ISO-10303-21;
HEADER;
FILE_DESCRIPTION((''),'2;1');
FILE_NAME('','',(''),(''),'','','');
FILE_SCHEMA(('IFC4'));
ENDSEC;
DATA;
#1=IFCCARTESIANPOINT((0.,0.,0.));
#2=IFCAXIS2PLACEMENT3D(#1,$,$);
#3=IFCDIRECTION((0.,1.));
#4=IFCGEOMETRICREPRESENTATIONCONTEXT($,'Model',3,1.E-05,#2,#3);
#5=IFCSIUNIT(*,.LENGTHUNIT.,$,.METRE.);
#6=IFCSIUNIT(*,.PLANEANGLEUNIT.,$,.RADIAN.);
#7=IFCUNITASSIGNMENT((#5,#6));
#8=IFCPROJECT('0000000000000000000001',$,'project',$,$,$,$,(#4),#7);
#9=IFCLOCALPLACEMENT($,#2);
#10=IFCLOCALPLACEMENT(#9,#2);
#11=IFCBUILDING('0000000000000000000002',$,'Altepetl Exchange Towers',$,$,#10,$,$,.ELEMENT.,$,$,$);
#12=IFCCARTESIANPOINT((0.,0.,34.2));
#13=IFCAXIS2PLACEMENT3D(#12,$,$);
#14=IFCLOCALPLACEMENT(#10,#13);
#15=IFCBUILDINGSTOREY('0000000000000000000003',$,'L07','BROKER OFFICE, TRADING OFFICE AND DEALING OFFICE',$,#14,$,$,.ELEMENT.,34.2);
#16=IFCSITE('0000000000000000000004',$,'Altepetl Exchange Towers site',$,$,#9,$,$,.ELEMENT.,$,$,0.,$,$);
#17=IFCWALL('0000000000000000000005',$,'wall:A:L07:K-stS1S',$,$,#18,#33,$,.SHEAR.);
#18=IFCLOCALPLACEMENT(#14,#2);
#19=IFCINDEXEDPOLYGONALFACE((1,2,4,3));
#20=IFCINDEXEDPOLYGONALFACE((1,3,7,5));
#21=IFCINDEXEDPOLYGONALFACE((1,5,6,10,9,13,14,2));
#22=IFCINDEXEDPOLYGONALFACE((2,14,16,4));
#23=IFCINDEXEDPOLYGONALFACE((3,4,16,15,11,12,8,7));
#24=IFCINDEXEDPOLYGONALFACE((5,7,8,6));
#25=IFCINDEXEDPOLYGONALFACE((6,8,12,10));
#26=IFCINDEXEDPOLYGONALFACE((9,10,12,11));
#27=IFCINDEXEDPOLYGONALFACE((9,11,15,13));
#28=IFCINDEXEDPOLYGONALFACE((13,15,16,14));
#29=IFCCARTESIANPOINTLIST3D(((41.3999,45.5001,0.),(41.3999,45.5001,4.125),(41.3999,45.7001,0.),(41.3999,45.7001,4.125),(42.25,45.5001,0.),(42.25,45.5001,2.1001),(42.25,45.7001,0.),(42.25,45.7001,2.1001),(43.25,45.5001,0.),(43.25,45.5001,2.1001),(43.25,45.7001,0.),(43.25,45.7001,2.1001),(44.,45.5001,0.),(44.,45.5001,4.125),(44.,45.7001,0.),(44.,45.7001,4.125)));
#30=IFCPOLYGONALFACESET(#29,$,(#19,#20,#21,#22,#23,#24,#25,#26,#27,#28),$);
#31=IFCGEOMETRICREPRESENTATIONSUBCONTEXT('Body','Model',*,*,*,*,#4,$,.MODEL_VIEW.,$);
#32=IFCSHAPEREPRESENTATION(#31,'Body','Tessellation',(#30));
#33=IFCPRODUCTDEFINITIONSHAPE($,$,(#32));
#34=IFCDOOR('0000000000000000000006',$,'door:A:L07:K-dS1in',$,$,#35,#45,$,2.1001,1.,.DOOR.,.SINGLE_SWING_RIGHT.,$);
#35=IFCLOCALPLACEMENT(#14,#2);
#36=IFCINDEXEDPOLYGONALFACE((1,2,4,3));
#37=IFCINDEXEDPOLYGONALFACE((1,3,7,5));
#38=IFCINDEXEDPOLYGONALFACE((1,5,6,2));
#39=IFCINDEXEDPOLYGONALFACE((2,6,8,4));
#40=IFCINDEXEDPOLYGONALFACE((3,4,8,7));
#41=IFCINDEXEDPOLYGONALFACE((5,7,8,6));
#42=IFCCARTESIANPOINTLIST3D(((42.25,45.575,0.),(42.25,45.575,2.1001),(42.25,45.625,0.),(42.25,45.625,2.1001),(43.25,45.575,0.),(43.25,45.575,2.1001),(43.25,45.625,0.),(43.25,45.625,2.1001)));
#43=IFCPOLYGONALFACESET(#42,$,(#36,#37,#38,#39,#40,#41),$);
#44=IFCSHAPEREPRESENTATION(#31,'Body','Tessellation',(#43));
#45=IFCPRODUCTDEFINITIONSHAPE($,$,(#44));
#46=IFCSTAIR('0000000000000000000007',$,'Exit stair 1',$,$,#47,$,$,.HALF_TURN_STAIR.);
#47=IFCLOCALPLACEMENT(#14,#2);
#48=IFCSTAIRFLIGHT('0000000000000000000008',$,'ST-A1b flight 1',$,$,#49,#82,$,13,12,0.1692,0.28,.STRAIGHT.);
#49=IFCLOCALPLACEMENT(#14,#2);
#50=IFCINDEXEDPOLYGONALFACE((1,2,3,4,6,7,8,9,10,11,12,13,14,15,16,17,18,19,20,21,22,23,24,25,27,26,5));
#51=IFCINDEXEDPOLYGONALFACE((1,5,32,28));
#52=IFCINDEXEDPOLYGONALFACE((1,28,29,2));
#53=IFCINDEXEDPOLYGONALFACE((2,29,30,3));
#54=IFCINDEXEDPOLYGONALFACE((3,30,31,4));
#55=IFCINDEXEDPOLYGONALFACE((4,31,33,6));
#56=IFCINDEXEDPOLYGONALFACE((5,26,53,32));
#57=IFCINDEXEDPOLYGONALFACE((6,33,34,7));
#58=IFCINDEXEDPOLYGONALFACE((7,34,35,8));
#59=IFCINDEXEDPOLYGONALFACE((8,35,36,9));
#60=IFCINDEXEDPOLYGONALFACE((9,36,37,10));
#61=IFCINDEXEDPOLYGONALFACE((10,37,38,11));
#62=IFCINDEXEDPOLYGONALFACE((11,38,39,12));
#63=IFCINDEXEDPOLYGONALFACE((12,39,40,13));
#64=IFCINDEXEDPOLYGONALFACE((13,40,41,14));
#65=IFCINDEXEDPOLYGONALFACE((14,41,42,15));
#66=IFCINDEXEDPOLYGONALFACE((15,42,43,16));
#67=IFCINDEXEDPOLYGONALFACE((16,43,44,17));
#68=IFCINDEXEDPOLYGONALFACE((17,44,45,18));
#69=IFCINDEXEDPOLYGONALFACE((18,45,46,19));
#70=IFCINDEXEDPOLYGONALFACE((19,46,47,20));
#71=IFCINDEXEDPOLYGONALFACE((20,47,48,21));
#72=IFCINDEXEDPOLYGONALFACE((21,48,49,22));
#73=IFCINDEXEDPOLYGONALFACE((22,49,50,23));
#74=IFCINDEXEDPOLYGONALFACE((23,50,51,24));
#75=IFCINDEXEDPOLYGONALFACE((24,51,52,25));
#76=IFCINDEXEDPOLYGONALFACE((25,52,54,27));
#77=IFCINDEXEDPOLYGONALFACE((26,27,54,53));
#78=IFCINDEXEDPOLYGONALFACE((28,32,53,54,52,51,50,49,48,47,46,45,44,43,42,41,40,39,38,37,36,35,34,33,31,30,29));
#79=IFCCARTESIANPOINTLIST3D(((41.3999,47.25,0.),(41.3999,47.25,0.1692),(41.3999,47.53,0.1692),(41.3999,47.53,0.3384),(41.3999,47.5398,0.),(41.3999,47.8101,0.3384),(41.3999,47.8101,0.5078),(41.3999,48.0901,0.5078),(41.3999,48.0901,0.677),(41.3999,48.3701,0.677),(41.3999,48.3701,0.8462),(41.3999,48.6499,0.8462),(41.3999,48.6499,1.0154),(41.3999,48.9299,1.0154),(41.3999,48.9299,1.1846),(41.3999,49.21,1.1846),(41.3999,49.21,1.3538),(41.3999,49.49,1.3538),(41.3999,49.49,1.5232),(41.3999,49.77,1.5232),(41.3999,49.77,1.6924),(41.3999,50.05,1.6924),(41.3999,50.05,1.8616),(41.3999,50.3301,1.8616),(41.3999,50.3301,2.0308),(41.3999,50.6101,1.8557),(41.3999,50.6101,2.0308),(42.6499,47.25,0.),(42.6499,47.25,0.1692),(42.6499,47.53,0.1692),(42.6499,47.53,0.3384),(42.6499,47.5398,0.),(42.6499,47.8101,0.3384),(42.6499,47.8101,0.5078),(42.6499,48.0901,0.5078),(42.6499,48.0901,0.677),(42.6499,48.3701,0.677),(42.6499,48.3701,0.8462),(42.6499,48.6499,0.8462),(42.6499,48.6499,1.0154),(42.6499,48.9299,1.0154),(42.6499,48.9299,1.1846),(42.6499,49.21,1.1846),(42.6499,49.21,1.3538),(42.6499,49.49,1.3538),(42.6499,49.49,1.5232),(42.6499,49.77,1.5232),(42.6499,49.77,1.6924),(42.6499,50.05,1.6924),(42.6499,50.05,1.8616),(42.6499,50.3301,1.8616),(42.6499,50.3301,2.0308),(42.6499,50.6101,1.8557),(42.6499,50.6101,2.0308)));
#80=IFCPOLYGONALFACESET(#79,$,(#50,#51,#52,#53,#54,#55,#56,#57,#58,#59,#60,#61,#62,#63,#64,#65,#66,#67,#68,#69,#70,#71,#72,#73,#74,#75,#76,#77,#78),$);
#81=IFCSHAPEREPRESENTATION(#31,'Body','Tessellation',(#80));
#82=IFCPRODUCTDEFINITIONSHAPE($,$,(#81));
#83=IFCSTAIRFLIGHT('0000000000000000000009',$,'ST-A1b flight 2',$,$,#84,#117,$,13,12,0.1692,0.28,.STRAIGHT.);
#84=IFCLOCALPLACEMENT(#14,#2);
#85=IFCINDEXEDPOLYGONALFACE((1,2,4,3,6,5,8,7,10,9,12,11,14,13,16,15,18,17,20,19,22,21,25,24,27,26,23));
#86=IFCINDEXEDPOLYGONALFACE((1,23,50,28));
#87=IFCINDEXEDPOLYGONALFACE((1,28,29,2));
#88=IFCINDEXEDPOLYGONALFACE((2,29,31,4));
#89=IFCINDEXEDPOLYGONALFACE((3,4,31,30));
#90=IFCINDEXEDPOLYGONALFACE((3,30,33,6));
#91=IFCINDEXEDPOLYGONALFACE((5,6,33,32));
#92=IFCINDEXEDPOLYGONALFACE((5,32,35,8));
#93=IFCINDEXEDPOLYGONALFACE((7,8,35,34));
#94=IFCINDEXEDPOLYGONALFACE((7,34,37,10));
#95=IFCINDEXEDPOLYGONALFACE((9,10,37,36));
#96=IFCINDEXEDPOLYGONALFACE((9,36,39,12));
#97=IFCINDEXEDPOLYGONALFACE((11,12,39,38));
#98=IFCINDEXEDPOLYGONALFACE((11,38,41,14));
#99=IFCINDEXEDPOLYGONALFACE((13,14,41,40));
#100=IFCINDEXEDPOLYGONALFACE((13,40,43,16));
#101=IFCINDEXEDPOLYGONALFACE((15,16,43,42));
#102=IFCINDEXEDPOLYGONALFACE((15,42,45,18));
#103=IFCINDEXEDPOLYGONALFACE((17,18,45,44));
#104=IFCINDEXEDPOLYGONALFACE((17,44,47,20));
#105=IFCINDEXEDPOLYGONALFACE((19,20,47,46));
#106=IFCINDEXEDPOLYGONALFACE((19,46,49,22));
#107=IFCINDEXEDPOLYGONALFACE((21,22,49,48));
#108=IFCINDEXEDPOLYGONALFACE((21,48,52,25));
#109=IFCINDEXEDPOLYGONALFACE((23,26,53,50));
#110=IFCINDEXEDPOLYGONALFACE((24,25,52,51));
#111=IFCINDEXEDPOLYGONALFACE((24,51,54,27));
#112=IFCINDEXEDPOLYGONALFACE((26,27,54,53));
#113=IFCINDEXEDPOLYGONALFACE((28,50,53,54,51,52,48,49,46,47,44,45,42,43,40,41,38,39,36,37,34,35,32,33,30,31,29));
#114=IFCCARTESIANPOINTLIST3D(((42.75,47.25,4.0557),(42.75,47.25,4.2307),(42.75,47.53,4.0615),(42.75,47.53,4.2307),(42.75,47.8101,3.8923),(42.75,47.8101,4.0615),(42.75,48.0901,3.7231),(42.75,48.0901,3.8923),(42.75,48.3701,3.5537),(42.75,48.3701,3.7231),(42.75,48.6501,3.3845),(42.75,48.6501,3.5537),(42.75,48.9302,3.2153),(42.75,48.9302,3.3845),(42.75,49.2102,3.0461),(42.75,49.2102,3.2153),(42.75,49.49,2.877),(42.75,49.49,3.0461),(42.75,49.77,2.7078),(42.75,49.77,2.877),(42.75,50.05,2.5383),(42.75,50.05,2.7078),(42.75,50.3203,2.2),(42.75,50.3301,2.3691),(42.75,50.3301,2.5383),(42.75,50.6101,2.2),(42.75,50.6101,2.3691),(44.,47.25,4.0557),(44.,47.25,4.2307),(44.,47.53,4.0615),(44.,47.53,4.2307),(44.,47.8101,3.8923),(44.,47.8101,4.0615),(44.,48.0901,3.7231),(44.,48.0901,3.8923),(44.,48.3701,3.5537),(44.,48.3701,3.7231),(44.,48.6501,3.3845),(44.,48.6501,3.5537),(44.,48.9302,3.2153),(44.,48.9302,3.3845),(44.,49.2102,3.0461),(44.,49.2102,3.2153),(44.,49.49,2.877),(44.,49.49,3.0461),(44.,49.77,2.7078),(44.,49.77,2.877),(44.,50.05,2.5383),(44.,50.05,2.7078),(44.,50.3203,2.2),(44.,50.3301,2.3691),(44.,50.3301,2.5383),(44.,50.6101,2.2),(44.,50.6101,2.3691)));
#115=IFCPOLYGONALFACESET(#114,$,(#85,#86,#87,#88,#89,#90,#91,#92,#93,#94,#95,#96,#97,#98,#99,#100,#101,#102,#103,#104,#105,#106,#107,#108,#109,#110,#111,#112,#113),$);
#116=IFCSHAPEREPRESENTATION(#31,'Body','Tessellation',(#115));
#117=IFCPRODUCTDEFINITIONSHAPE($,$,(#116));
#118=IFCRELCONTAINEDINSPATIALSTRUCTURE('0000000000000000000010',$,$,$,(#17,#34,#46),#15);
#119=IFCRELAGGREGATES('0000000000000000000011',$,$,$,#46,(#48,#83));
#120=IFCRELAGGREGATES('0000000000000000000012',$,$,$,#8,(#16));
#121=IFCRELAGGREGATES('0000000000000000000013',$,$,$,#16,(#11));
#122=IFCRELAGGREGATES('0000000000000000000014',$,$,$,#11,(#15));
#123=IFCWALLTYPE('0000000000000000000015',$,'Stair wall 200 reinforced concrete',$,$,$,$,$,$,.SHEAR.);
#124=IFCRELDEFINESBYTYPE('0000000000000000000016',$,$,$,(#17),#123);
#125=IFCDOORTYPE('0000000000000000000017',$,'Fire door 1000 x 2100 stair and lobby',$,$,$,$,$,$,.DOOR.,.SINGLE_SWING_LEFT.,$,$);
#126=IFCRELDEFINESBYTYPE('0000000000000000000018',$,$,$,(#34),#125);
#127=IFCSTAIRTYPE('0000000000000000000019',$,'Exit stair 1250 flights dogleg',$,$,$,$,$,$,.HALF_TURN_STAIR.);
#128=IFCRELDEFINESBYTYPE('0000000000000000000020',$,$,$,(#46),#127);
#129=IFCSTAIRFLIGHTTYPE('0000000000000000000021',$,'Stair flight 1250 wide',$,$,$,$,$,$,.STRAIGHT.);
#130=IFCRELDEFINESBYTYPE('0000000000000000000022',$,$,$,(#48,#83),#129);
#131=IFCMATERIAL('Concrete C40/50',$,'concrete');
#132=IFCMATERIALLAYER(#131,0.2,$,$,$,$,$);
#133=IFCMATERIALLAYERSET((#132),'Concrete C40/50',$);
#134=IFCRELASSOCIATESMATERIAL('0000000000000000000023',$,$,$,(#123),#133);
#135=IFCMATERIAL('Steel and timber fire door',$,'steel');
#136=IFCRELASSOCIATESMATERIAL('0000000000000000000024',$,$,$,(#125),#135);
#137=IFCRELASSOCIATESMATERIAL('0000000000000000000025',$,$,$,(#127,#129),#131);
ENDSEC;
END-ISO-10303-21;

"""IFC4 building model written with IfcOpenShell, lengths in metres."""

from ifc_helpers import new_model, si_unit, direction, frame, frame_2d, origin, place, context, subcontext, project, spatial, polyline, rectangle, outline, extrude, material, layer, layer_set, type_object, element, fill, aggregate, save


model = new_model("IFC4")

# Units and contexts
model_context = context("Model", 3, precision=1e-05, world=origin(), true_north=direction((0.0, 1.0)))
body_context = subcontext(model_context, "Body", "Model", "MODEL_VIEW")
ifc_project = project(units=[si_unit("LENGTHUNIT", "METRE"), si_unit("PLANEANGLEUNIT", "RADIAN")], contexts=[model_context])

# Site, building, storey
site_placement = place(None, origin())
site = spatial("IfcSite", under=ifc_project, at=site_placement, Name="Altepetl Exchange Towers site", CompositionType="ELEMENT", RefElevation=0.0)
building_placement = place(site_placement, origin())
building = spatial("IfcBuilding", under=site, at=building_placement, Name="Altepetl Exchange Towers", CompositionType="ELEMENT")
storey_placement = place(building_placement, frame((0.0, 0.0, 34.2)))
storey = spatial("IfcBuildingStorey", under=building, at=storey_placement, Name="L07", Description="BROKER OFFICE, TRADING OFFICE AND DEALING OFFICE", CompositionType="ELEMENT", Elevation=34.2)

# Shared definitions
ifc_material_1 = material(Name="Concrete C40/50", Category="concrete")
ifc_layer_1 = layer(ifc_material_1, 0.2)
ifc_layer_set_1 = layer_set([ifc_layer_1], Name="Concrete C40/50")
wall_type_1 = type_object("IfcWallType", Name="Stair wall 200 reinforced concrete", PredefinedType="SHEAR", material=ifc_layer_set_1)

# Wall, opening, door
wall_1_placement = place(storey_placement, frame((41.3999, 45.6001, 0.0)))
wall_1 = element("IfcWall", 1, at=wall_1_placement, inside=storey, type_object=wall_type_1, Name="wall:A:L07:K-stS1S", PredefinedType="SHEAR", context=body_context, shape_type="SweptSolid", body=[
    extrude(rectangle(XDim=2.6001, YDim=0.2, at=frame_2d((1.3, 0.0))), origin(), (0.0, 0.0, 1.0), 4.125),
])
opening_placement = place(wall_1_placement, frame((0.8501, 0.0, 0.0)))
opening = element("IfcOpeningElement", 2, at=opening_placement, cuts=wall_1, PredefinedType="OPENING", context=body_context, shape_type="SweptSolid", body=[
    extrude(rectangle(XDim=1.0, YDim=2.1001, at=frame_2d((0.5, 1.05))), frame((0.0, 0.1099, 0.0), z_axis=(0.0, -1.0, 0.0), x_axis=(1.0, 0.0, 0.0)), (0.0, 0.0, 1.0), 0.22),
])
ifc_material_2 = material(Name="Steel and timber fire door", Category="steel")
door_type = type_object("IfcDoorType", Name="Fire door 1000 x 2100 stair and lobby", OperationType="SINGLE_SWING_LEFT", PredefinedType="DOOR", material=ifc_material_2)
door_placement = place(opening_placement, origin())
door = element("IfcDoor", 3, at=door_placement, inside=storey, type_object=door_type, Name="door:A:L07:K-dS1in", OperationType="SINGLE_SWING_RIGHT", OverallHeight=2.1001, OverallWidth=1.0, PredefinedType="DOOR", context=body_context, shape_type="SweptSolid", body=[
    extrude(rectangle(XDim=1.0, YDim=2.1001, at=frame_2d((0.5, 1.05))), frame((0.0, 0.0249, 0.0), z_axis=(0.0, -1.0, 0.0), x_axis=(1.0, 0.0, 0.0)), (0.0, 0.0, 1.0), 0.05),
])
fill(opening, door)

# Stair, stair flights
stair_type = type_object("IfcStairType", Name="Exit stair 1250 flights dogleg", PredefinedType="HALF_TURN_STAIR", material=ifc_material_1)
stair_placement = place(storey_placement, origin())
stair = element("IfcStair", 4, at=stair_placement, inside=storey, type_object=stair_type, Name="Exit stair 1", PredefinedType="HALF_TURN_STAIR")
stair_flight_type = type_object("IfcStairFlightType", Name="Stair flight 1250 wide", PredefinedType="STRAIGHT", material=ifc_material_1)
stair_flight_1_placement = place(storey_placement, frame((42.0249, 47.25, 0.0), z_axis=(0.0, 0.0, 1.0), x_axis=(0.0, 1.0, 0.0)))
stair_flight_1 = element("IfcStairFlight", 5, at=stair_flight_1_placement, type_object=stair_flight_type, Name="ST-A1b flight 1", NumberOfRisers=13, NumberOfTreads=12, PredefinedType="STRAIGHT", RiserHeight=0.1692, TreadLength=0.28, context=body_context, shape_type="SweptSolid", body=[
    extrude(outline(polyline([(0.0, 0.0), (0.0, 0.1692), (0.28, 0.1692), (0.28, 0.3384), (0.5601, 0.3384), (0.5601, 0.5078), (0.8401, 0.5078), (0.8401, 0.677), (1.1201, 0.677), (1.1201, 0.8462), (1.3999, 0.8462), (1.3999, 1.0154), (1.6799, 1.0154), (1.6799, 1.1846), (1.96, 1.1846), (1.96, 1.3538), (2.24, 1.3538), (2.24, 1.5232), (2.52, 1.5232), (2.52, 1.6924), (2.8, 1.6924), (2.8, 1.8616), (3.0801, 1.8616), (3.0801, 2.0308), (3.3601, 2.0308), (3.3601, 2.2), (3.3601, 1.8557), (0.2898, 0.0), (0.0, 0.0)])), frame((0.0, 0.625, 0.0), z_axis=(0.0, -1.0, 0.0), x_axis=(1.0, 0.0, 0.0)), (0.0, 0.0, 1.0), 1.25),
])
stair_flight_2_placement = place(storey_placement, frame((43.375, 50.6101, 2.2), z_axis=(0.0, 0.0, 1.0), x_axis=(0.0, -1.0, 0.0)))
stair_flight_2 = element("IfcStairFlight", 6, at=stair_flight_2_placement, type_object=stair_flight_type, Name="ST-A1b flight 2", NumberOfRisers=13, NumberOfTreads=12, PredefinedType="STRAIGHT", RiserHeight=0.1692, TreadLength=0.28, context=body_context, shape_type="SweptSolid", body=[
    extrude(outline(polyline([(0.0, 0.0), (0.0, 0.1692), (0.28, 0.1692), (0.28, 0.3384), (0.5601, 0.3384), (0.5601, 0.5078), (0.8401, 0.5078), (0.8401, 0.677), (1.1201, 0.677), (1.1201, 0.8462), (1.3999, 0.8462), (1.3999, 1.0154), (1.6799, 1.0154), (1.6799, 1.1846), (1.96, 1.1846), (1.96, 1.3538), (2.24, 1.3538), (2.24, 1.5232), (2.52, 1.5232), (2.52, 1.6924), (2.8, 1.6924), (2.8, 1.8616), (3.0801, 1.8616), (3.0801, 2.0308), (3.3601, 2.0308), (3.3601, 2.2), (3.3601, 1.8557), (0.2898, 0.0), (0.0, 0.0)])), frame((0.0, 0.625, 0.0), z_axis=(0.0, -1.0, 0.0), x_axis=(1.0, 0.0, 0.0)), (0.0, 0.0, 1.0), 1.25),
])
aggregate(stair, [stair_flight_1, stair_flight_2])

save(model, "model.ifc")
